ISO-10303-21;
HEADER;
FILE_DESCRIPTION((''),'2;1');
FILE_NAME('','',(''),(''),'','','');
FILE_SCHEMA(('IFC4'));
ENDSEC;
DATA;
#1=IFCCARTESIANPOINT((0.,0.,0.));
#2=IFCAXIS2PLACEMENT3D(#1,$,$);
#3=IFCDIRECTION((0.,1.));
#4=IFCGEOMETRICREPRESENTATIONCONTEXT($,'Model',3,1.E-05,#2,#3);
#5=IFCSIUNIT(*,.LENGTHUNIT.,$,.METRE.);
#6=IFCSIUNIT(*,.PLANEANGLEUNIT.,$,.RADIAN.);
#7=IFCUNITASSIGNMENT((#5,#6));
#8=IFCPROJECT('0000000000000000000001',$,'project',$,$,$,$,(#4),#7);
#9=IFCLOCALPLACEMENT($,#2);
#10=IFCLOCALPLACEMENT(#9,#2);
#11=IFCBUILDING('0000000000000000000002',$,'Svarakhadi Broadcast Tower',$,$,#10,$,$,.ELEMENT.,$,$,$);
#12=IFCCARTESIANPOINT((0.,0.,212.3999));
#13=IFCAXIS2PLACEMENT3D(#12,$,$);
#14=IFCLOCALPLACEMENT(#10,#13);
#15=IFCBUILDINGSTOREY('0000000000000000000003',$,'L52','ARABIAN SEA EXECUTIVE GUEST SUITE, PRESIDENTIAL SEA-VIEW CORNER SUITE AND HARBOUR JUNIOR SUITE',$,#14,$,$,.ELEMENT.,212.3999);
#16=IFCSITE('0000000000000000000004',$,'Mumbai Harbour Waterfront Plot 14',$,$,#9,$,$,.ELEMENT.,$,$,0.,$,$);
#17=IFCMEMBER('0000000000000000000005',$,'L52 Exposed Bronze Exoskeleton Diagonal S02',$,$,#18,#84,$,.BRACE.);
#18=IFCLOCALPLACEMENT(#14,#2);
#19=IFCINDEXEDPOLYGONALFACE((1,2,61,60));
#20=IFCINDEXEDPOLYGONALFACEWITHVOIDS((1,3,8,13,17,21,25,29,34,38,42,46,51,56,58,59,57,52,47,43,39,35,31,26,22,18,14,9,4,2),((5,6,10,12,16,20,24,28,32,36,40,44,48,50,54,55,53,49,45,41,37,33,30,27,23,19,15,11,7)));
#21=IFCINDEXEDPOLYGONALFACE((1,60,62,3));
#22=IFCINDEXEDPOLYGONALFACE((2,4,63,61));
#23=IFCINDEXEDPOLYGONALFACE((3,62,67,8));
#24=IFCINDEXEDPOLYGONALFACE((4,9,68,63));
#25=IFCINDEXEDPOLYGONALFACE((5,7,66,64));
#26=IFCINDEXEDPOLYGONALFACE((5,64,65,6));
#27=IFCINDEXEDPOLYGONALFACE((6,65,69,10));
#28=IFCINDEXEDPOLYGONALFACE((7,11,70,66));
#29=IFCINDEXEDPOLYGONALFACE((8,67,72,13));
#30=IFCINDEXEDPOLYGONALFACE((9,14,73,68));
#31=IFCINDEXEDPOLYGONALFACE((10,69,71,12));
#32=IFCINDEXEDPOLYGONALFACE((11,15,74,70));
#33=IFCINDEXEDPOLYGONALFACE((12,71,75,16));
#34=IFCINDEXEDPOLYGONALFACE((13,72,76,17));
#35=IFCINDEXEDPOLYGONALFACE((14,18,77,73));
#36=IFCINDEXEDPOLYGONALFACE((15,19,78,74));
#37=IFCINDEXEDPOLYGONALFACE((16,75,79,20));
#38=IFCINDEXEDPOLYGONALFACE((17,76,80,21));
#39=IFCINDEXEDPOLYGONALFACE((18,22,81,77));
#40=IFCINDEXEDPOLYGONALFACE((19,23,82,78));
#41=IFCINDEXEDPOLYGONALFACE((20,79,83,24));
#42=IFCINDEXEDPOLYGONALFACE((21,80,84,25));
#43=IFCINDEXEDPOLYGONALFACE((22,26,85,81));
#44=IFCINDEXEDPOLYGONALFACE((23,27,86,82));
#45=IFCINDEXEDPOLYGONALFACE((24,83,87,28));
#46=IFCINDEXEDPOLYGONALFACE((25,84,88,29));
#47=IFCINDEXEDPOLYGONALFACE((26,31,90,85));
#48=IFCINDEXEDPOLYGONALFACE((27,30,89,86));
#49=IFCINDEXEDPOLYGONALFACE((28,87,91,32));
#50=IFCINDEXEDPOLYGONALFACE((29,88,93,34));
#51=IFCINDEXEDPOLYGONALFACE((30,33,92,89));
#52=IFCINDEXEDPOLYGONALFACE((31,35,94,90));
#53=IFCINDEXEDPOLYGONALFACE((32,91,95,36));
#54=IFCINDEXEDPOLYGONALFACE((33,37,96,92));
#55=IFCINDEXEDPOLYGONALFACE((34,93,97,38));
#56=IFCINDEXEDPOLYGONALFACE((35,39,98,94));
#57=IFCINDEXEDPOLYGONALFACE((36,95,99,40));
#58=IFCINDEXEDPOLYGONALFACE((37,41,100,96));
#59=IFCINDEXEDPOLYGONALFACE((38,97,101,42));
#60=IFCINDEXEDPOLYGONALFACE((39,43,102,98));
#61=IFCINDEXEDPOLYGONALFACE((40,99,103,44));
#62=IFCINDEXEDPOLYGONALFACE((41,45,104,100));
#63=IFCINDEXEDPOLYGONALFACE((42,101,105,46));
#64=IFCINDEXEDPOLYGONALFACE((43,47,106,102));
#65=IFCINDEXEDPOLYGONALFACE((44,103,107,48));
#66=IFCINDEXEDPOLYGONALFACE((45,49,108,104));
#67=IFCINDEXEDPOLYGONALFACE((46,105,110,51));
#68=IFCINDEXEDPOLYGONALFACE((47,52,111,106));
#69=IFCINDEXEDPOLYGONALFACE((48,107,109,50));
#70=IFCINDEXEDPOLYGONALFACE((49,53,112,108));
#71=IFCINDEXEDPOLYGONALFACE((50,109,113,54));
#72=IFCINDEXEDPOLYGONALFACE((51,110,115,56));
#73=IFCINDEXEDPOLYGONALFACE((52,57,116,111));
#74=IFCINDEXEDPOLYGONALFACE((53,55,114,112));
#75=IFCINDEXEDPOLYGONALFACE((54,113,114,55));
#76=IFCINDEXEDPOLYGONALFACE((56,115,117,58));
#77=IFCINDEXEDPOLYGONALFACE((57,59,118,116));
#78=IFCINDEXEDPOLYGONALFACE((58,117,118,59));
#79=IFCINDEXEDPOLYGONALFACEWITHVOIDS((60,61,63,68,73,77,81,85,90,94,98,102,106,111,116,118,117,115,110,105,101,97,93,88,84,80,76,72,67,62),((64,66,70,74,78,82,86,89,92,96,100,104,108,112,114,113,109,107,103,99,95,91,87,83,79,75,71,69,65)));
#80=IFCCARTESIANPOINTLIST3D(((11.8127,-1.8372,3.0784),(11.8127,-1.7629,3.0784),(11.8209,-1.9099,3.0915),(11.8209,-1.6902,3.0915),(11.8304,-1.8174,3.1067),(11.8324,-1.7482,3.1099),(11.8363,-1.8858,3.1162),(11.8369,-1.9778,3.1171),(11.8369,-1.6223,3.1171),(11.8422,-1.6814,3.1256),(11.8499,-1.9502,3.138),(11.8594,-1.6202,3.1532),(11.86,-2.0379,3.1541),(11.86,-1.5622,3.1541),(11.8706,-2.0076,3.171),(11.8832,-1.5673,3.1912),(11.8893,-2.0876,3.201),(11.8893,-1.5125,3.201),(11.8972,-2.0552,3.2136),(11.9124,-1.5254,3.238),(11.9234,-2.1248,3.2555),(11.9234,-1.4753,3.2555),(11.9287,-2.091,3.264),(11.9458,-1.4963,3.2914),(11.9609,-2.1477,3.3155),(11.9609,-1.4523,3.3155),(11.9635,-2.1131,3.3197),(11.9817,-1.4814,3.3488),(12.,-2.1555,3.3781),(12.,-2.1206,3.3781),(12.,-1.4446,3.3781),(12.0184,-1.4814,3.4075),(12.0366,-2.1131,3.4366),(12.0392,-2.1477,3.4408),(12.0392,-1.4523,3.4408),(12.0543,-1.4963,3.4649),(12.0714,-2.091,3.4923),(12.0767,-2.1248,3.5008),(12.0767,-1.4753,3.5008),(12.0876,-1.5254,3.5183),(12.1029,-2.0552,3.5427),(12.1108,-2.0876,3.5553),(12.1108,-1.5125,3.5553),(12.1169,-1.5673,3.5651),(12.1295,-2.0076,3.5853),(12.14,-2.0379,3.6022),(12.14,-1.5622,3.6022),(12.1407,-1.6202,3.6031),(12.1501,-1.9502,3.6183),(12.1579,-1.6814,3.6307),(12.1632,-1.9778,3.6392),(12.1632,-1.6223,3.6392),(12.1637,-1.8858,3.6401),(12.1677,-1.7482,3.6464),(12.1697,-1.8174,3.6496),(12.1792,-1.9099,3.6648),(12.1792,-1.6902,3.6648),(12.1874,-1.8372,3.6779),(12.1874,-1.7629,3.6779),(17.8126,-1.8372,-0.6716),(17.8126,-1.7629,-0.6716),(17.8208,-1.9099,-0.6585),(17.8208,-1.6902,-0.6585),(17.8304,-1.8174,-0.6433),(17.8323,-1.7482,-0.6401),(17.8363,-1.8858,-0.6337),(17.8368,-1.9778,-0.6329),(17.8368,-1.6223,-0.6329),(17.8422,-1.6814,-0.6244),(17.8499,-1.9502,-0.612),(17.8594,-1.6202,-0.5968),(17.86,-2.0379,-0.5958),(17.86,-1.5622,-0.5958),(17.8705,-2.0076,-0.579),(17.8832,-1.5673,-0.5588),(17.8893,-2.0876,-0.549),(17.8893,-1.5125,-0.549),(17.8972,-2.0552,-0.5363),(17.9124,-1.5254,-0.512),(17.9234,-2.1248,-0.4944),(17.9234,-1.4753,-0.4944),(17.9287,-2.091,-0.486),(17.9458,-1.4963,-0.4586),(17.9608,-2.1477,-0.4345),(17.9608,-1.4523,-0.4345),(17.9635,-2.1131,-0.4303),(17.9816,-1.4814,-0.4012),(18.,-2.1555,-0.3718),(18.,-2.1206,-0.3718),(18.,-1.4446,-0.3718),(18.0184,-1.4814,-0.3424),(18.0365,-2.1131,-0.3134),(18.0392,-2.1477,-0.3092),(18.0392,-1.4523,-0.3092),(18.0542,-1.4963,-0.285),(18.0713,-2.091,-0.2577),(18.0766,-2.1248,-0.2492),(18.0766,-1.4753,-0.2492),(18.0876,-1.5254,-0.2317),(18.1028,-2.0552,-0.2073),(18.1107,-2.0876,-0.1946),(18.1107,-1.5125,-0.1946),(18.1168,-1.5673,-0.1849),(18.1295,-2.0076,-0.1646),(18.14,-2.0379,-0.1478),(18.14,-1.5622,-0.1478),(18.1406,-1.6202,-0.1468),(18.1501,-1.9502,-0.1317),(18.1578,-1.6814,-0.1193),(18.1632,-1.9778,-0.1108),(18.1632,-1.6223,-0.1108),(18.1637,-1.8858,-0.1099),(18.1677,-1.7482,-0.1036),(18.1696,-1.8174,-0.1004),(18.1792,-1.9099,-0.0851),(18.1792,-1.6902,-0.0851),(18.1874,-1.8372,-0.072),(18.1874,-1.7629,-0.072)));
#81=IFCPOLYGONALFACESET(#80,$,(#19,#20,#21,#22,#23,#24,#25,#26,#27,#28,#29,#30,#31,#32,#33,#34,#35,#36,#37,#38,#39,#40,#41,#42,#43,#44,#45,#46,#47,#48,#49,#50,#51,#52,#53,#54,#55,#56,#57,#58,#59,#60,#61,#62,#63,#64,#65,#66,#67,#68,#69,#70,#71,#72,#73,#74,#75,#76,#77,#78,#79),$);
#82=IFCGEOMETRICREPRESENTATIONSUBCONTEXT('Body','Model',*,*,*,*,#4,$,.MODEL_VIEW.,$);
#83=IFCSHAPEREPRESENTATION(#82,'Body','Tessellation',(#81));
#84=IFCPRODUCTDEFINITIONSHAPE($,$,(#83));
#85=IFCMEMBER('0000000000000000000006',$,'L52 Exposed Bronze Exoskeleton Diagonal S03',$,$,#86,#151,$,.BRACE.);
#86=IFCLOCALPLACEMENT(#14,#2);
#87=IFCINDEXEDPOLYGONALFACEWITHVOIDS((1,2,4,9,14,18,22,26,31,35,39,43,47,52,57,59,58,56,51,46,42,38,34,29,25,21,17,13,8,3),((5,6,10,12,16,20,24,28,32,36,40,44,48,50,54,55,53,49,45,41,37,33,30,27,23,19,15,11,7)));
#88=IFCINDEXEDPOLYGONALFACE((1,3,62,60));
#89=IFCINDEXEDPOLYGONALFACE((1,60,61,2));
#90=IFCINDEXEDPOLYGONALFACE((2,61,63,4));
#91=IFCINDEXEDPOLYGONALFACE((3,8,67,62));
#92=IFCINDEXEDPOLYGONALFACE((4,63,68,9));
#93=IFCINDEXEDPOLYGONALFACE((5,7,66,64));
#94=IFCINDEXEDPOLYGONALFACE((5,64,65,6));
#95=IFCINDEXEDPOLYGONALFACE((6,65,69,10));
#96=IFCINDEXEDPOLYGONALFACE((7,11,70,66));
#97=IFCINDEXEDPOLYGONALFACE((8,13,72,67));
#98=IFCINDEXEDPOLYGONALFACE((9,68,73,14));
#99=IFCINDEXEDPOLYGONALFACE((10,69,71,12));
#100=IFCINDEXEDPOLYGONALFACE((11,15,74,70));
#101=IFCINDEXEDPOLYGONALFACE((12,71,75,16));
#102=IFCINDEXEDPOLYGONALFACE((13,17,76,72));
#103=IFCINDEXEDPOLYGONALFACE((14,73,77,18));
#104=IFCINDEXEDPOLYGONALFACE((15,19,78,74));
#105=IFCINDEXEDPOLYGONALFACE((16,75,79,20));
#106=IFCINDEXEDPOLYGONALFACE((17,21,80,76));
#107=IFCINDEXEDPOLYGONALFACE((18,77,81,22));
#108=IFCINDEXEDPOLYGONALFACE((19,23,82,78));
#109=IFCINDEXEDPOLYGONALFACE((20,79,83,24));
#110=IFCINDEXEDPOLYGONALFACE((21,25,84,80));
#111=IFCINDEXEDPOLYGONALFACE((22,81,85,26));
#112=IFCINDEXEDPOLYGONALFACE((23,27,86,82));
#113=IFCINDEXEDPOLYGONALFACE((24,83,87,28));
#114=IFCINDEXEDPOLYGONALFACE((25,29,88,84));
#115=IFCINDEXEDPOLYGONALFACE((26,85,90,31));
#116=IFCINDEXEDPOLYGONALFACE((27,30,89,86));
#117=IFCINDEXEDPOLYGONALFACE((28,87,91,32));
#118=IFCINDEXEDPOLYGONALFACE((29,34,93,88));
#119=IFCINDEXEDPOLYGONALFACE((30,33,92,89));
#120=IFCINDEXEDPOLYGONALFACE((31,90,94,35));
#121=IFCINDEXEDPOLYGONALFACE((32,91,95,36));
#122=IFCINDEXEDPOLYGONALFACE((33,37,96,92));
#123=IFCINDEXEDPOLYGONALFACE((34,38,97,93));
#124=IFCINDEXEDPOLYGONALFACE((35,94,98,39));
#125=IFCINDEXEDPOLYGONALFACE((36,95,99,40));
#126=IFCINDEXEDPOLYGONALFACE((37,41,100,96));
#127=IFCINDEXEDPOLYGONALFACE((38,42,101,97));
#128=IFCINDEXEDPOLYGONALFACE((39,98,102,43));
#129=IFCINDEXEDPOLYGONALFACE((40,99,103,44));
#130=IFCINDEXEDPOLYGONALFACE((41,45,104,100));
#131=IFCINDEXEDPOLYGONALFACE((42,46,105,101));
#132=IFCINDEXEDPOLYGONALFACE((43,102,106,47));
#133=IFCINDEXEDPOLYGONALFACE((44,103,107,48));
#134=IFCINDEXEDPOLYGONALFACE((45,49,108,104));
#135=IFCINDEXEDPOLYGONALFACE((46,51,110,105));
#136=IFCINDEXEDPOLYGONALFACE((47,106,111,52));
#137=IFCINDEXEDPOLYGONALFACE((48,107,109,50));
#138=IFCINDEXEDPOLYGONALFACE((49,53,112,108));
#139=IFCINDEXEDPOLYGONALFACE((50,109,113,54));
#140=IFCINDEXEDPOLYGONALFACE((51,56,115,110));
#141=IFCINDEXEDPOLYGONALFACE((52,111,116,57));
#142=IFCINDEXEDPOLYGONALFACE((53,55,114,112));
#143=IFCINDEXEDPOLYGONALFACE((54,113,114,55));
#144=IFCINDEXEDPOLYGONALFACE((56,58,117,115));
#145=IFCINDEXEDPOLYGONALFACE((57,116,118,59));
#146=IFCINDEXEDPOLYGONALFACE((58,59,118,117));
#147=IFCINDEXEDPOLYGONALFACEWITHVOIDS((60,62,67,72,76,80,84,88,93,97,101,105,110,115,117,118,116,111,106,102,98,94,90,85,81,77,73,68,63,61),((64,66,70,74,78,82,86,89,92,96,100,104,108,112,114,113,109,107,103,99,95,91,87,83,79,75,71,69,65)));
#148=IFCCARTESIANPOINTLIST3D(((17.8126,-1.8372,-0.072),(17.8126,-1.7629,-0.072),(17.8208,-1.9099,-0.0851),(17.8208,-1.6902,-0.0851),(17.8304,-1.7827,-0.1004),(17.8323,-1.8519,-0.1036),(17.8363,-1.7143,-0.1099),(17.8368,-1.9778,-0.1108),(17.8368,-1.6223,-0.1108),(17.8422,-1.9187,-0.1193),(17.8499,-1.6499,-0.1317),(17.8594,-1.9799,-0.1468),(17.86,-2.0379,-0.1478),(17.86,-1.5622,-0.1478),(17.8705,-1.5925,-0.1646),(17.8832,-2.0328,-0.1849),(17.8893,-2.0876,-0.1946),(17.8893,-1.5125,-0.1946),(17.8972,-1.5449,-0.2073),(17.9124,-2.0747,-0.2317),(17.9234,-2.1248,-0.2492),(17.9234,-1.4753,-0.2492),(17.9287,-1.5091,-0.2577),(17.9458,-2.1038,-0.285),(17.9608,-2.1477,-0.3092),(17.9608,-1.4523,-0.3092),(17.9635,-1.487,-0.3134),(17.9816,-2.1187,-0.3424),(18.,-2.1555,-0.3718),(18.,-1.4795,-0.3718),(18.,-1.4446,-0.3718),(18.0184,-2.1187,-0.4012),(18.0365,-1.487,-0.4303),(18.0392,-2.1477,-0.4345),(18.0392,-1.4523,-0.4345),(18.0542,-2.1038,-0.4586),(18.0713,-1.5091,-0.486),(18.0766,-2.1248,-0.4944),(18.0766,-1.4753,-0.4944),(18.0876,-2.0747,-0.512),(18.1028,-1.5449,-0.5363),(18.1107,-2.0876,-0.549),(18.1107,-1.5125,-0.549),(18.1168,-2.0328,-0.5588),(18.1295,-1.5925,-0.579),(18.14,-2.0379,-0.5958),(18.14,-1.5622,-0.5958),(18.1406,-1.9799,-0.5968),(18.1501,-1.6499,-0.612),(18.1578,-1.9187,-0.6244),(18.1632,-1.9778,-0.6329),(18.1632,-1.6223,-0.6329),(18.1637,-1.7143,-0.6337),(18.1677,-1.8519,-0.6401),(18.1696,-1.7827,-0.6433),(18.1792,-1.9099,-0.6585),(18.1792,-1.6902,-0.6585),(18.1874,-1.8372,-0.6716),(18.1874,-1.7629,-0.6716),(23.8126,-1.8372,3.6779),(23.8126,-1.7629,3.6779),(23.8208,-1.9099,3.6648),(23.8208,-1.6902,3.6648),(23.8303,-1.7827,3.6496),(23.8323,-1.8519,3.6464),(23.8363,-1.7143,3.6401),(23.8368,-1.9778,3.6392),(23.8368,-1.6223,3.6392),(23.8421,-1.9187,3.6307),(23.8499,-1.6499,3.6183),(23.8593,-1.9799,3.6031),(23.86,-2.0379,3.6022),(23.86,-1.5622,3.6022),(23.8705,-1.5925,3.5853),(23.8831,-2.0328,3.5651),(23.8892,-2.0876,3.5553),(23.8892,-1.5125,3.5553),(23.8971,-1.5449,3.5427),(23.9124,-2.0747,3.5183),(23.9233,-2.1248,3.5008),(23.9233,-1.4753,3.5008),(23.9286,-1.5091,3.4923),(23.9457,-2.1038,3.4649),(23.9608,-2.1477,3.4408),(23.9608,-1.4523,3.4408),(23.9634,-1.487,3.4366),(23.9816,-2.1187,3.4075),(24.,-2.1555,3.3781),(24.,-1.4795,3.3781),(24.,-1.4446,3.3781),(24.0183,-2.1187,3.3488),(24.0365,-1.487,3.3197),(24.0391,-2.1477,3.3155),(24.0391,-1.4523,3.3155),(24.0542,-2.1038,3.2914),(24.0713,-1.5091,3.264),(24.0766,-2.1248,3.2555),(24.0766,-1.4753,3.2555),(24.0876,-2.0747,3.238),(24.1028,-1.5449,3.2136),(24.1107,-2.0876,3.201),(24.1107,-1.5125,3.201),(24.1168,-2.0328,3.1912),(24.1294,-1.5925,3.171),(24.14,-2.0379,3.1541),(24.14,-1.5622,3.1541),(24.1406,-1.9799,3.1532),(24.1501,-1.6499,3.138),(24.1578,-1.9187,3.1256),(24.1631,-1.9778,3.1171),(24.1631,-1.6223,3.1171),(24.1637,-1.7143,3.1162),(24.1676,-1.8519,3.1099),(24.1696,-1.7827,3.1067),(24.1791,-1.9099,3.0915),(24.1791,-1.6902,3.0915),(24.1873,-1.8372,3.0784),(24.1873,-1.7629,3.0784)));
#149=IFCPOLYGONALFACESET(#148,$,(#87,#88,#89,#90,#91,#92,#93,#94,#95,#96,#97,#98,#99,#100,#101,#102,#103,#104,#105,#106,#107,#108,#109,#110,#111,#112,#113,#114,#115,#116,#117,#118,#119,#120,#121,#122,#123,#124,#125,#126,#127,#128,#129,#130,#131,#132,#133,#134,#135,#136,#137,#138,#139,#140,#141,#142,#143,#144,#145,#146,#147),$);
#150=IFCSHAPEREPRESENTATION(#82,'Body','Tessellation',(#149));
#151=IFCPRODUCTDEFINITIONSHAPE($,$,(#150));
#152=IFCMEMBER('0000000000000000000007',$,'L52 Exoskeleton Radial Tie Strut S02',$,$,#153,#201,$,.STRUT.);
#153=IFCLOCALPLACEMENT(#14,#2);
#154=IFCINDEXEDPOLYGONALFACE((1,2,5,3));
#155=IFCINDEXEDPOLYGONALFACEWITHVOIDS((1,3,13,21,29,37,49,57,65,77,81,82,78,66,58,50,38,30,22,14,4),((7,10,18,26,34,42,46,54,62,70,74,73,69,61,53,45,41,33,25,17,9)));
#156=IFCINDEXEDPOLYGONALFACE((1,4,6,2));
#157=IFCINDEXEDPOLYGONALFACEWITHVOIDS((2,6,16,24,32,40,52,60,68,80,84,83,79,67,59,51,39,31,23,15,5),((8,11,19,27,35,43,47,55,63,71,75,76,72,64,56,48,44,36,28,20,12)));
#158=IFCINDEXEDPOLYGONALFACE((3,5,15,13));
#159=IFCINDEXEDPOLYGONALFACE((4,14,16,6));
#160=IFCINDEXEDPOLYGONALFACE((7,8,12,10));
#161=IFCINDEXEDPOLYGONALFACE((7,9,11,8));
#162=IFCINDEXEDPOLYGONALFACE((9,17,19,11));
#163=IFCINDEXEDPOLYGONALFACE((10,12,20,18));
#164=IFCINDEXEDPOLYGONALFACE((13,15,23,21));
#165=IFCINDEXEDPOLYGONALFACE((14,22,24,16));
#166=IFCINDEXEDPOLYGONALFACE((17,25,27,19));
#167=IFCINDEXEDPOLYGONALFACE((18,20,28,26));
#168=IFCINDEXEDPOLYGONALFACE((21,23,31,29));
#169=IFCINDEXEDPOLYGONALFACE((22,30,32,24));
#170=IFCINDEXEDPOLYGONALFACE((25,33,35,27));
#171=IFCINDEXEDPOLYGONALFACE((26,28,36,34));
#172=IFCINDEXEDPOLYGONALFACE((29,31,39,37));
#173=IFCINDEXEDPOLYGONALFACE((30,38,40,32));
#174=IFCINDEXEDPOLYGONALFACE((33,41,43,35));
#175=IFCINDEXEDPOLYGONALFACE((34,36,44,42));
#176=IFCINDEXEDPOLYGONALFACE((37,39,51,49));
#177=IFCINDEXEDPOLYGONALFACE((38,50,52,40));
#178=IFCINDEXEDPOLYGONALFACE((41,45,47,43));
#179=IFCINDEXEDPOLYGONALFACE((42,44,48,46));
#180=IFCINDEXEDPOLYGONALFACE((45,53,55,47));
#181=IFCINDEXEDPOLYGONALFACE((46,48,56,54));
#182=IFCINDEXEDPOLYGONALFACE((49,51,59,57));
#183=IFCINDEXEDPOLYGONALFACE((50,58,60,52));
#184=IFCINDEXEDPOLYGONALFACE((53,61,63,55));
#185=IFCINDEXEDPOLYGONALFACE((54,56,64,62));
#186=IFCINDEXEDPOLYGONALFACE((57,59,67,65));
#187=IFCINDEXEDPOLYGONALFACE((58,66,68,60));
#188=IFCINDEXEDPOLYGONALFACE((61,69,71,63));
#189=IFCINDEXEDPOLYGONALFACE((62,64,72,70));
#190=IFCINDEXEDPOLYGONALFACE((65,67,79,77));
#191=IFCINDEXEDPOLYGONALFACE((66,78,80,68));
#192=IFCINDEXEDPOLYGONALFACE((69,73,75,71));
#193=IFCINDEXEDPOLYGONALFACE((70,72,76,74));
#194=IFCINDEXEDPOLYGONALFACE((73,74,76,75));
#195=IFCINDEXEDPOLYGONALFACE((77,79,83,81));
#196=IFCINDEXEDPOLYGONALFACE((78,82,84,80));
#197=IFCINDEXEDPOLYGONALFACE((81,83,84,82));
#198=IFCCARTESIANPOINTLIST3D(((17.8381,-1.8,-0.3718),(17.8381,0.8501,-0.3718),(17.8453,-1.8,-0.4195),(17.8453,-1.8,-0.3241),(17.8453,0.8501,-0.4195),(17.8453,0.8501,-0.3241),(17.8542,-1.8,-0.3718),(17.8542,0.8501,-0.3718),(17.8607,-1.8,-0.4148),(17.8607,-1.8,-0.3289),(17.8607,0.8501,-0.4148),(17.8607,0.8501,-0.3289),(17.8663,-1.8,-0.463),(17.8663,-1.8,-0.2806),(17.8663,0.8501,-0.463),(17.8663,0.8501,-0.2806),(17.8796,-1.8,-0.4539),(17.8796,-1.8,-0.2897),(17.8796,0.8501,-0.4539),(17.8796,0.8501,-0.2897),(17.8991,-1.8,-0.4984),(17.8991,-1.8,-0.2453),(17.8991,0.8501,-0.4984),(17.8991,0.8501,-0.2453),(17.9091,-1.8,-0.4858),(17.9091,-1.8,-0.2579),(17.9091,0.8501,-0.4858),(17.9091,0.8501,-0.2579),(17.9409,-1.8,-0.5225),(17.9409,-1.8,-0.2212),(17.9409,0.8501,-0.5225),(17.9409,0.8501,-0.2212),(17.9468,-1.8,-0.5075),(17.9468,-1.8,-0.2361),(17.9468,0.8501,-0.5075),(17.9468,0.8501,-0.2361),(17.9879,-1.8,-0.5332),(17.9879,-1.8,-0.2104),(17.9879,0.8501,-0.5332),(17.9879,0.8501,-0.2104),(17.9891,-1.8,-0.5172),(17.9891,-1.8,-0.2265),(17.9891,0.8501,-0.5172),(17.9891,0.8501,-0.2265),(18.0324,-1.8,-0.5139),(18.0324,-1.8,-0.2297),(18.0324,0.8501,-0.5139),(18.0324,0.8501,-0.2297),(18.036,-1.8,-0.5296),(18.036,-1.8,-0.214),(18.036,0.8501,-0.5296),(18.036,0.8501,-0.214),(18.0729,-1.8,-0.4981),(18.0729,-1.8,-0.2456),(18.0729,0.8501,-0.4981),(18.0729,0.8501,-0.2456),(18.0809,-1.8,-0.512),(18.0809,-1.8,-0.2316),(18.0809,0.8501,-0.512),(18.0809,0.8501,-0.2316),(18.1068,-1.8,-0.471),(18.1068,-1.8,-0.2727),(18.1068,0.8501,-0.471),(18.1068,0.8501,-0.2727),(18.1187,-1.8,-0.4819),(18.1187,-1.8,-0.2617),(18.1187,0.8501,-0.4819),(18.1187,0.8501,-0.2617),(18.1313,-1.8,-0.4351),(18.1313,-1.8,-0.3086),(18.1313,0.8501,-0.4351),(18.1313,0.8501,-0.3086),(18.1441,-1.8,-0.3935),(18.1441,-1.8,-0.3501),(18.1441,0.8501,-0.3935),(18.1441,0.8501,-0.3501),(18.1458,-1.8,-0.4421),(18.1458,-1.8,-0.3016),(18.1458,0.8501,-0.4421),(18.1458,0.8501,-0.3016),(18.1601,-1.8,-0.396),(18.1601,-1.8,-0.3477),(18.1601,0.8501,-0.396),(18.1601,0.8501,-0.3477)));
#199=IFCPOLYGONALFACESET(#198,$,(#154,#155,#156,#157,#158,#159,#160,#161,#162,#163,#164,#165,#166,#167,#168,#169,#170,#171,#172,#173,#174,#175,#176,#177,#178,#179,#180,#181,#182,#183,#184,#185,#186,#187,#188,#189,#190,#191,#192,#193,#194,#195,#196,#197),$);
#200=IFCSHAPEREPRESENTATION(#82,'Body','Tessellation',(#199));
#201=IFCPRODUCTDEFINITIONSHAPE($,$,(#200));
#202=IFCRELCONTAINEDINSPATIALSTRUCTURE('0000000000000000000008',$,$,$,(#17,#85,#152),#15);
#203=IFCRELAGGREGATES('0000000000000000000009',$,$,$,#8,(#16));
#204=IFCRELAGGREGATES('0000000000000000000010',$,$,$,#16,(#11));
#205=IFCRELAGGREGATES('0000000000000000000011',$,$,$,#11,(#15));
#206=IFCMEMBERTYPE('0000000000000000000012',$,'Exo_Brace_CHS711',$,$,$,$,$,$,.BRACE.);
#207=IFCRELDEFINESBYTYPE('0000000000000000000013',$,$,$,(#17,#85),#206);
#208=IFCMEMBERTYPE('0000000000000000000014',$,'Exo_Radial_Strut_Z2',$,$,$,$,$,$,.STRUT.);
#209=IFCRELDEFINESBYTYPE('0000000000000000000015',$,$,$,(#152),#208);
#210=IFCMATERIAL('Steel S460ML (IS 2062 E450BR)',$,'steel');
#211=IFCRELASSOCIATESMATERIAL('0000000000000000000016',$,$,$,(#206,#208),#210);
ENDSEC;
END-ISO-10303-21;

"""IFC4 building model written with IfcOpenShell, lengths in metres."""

from ifc_helpers import new_model, si_unit, direction, frame, origin, origin_2d, place, context, subcontext, project, spatial, hollow_circle, extrude, material, material_profile, profile_set, type_object, element, save


model = new_model("IFC4")

# Units and contexts
model_context = context("Model", 3, precision=1e-05, world=origin(), true_north=direction((0.0, 1.0)))
body_context = subcontext(model_context, "Body", "Model", "MODEL_VIEW")
ifc_project = project(units=[si_unit("LENGTHUNIT", "METRE"), si_unit("PLANEANGLEUNIT", "RADIAN")], contexts=[model_context])

# Site, building, storey
site_placement = place(None, origin())
site = spatial("IfcSite", under=ifc_project, at=site_placement, Name="Mumbai Harbour Waterfront Plot 14", CompositionType="ELEMENT", RefElevation=0.0)
building_placement = place(site_placement, origin())
building = spatial("IfcBuilding", under=site, at=building_placement, Name="Svarakhadi Broadcast Tower", CompositionType="ELEMENT")
storey_placement = place(building_placement, frame((0.0, 0.0, 212.3999)))
storey = spatial("IfcBuildingStorey", under=building, at=storey_placement, Name="L52", Description="ARABIAN SEA EXECUTIVE GUEST SUITE, PRESIDENTIAL SEA-VIEW CORNER SUITE AND HARBOUR JUNIOR SUITE", CompositionType="ELEMENT", Elevation=212.3999)

# Shared definitions
ifc_material_1 = material(Name="Steel S460ML (IS 2062 E450BR)", Category="steel")

# Members
ifc_material_profile_1 = material_profile(ifc_material_1, hollow_circle(Radius=0.3555, WallThickness=0.0349, at=origin_2d()), Name="CHS 711x35")
ifc_profile_set_1 = profile_set([ifc_material_profile_1], Name="Steel S460ML (IS 2062 E450BR)")
member_type_1 = type_object("IfcMemberType", Name="Exo_Brace_CHS711", PredefinedType="BRACE", material=ifc_profile_set_1)
for number, where, z_axis, x_axis, name in (
    (1, (18.0, -1.8, -0.3718), (-0.847998, 0.0, 0.529999), (0.0, -1.0, 0.0), "L52 Exposed Bronze Exoskeleton Diagonal S02"),
    (2, (18.0, -1.8, -0.3718), (0.847998, 0.0, 0.529999), (0.0, 1.0, 0.0), "L52 Exposed Bronze Exoskeleton Diagonal S03"),
):
    element("IfcMember", number, at=place(storey_placement, frame(where, z_axis=z_axis, x_axis=x_axis)), inside=storey, type_object=member_type_1, Name=name, PredefinedType="BRACE", context=body_context, shape_type="SweptSolid", body=[
        extrude(hollow_circle(Radius=0.3555, WallThickness=0.0349, at=origin_2d()), origin(), (0.0, 0.0, 1.0), 7.0754),
    ])
ifc_material_profile_2 = material_profile(ifc_material_1, hollow_circle(Radius=0.1619, WallThickness=0.0161, at=origin_2d()), Name="CHS 323.9x16")
ifc_profile_set_2 = profile_set([ifc_material_profile_2], Name="Steel S460ML (IS 2062 E450BR)")
member_type_2 = type_object("IfcMemberType", Name="Exo_Radial_Strut_Z2", PredefinedType="STRUT", material=ifc_profile_set_2)
for number, where, z_axis, x_axis, name in (
    (3, (18.0, -1.8, -0.3718), (0.0, 1.0, 0.0), (-1.0, 0.0, 0.0), "L52 Exoskeleton Radial Tie Strut S02"),
):
    element("IfcMember", number, at=place(storey_placement, frame(where, z_axis=z_axis, x_axis=x_axis)), inside=storey, type_object=member_type_2, Name=name, PredefinedType="STRUT", context=body_context, shape_type="SweptSolid", body=[
        extrude(hollow_circle(Radius=0.1619, WallThickness=0.0161, at=origin_2d()), origin(), (0.0, 0.0, 1.0), 2.6501),
    ])

save(model, "model.ifc")
